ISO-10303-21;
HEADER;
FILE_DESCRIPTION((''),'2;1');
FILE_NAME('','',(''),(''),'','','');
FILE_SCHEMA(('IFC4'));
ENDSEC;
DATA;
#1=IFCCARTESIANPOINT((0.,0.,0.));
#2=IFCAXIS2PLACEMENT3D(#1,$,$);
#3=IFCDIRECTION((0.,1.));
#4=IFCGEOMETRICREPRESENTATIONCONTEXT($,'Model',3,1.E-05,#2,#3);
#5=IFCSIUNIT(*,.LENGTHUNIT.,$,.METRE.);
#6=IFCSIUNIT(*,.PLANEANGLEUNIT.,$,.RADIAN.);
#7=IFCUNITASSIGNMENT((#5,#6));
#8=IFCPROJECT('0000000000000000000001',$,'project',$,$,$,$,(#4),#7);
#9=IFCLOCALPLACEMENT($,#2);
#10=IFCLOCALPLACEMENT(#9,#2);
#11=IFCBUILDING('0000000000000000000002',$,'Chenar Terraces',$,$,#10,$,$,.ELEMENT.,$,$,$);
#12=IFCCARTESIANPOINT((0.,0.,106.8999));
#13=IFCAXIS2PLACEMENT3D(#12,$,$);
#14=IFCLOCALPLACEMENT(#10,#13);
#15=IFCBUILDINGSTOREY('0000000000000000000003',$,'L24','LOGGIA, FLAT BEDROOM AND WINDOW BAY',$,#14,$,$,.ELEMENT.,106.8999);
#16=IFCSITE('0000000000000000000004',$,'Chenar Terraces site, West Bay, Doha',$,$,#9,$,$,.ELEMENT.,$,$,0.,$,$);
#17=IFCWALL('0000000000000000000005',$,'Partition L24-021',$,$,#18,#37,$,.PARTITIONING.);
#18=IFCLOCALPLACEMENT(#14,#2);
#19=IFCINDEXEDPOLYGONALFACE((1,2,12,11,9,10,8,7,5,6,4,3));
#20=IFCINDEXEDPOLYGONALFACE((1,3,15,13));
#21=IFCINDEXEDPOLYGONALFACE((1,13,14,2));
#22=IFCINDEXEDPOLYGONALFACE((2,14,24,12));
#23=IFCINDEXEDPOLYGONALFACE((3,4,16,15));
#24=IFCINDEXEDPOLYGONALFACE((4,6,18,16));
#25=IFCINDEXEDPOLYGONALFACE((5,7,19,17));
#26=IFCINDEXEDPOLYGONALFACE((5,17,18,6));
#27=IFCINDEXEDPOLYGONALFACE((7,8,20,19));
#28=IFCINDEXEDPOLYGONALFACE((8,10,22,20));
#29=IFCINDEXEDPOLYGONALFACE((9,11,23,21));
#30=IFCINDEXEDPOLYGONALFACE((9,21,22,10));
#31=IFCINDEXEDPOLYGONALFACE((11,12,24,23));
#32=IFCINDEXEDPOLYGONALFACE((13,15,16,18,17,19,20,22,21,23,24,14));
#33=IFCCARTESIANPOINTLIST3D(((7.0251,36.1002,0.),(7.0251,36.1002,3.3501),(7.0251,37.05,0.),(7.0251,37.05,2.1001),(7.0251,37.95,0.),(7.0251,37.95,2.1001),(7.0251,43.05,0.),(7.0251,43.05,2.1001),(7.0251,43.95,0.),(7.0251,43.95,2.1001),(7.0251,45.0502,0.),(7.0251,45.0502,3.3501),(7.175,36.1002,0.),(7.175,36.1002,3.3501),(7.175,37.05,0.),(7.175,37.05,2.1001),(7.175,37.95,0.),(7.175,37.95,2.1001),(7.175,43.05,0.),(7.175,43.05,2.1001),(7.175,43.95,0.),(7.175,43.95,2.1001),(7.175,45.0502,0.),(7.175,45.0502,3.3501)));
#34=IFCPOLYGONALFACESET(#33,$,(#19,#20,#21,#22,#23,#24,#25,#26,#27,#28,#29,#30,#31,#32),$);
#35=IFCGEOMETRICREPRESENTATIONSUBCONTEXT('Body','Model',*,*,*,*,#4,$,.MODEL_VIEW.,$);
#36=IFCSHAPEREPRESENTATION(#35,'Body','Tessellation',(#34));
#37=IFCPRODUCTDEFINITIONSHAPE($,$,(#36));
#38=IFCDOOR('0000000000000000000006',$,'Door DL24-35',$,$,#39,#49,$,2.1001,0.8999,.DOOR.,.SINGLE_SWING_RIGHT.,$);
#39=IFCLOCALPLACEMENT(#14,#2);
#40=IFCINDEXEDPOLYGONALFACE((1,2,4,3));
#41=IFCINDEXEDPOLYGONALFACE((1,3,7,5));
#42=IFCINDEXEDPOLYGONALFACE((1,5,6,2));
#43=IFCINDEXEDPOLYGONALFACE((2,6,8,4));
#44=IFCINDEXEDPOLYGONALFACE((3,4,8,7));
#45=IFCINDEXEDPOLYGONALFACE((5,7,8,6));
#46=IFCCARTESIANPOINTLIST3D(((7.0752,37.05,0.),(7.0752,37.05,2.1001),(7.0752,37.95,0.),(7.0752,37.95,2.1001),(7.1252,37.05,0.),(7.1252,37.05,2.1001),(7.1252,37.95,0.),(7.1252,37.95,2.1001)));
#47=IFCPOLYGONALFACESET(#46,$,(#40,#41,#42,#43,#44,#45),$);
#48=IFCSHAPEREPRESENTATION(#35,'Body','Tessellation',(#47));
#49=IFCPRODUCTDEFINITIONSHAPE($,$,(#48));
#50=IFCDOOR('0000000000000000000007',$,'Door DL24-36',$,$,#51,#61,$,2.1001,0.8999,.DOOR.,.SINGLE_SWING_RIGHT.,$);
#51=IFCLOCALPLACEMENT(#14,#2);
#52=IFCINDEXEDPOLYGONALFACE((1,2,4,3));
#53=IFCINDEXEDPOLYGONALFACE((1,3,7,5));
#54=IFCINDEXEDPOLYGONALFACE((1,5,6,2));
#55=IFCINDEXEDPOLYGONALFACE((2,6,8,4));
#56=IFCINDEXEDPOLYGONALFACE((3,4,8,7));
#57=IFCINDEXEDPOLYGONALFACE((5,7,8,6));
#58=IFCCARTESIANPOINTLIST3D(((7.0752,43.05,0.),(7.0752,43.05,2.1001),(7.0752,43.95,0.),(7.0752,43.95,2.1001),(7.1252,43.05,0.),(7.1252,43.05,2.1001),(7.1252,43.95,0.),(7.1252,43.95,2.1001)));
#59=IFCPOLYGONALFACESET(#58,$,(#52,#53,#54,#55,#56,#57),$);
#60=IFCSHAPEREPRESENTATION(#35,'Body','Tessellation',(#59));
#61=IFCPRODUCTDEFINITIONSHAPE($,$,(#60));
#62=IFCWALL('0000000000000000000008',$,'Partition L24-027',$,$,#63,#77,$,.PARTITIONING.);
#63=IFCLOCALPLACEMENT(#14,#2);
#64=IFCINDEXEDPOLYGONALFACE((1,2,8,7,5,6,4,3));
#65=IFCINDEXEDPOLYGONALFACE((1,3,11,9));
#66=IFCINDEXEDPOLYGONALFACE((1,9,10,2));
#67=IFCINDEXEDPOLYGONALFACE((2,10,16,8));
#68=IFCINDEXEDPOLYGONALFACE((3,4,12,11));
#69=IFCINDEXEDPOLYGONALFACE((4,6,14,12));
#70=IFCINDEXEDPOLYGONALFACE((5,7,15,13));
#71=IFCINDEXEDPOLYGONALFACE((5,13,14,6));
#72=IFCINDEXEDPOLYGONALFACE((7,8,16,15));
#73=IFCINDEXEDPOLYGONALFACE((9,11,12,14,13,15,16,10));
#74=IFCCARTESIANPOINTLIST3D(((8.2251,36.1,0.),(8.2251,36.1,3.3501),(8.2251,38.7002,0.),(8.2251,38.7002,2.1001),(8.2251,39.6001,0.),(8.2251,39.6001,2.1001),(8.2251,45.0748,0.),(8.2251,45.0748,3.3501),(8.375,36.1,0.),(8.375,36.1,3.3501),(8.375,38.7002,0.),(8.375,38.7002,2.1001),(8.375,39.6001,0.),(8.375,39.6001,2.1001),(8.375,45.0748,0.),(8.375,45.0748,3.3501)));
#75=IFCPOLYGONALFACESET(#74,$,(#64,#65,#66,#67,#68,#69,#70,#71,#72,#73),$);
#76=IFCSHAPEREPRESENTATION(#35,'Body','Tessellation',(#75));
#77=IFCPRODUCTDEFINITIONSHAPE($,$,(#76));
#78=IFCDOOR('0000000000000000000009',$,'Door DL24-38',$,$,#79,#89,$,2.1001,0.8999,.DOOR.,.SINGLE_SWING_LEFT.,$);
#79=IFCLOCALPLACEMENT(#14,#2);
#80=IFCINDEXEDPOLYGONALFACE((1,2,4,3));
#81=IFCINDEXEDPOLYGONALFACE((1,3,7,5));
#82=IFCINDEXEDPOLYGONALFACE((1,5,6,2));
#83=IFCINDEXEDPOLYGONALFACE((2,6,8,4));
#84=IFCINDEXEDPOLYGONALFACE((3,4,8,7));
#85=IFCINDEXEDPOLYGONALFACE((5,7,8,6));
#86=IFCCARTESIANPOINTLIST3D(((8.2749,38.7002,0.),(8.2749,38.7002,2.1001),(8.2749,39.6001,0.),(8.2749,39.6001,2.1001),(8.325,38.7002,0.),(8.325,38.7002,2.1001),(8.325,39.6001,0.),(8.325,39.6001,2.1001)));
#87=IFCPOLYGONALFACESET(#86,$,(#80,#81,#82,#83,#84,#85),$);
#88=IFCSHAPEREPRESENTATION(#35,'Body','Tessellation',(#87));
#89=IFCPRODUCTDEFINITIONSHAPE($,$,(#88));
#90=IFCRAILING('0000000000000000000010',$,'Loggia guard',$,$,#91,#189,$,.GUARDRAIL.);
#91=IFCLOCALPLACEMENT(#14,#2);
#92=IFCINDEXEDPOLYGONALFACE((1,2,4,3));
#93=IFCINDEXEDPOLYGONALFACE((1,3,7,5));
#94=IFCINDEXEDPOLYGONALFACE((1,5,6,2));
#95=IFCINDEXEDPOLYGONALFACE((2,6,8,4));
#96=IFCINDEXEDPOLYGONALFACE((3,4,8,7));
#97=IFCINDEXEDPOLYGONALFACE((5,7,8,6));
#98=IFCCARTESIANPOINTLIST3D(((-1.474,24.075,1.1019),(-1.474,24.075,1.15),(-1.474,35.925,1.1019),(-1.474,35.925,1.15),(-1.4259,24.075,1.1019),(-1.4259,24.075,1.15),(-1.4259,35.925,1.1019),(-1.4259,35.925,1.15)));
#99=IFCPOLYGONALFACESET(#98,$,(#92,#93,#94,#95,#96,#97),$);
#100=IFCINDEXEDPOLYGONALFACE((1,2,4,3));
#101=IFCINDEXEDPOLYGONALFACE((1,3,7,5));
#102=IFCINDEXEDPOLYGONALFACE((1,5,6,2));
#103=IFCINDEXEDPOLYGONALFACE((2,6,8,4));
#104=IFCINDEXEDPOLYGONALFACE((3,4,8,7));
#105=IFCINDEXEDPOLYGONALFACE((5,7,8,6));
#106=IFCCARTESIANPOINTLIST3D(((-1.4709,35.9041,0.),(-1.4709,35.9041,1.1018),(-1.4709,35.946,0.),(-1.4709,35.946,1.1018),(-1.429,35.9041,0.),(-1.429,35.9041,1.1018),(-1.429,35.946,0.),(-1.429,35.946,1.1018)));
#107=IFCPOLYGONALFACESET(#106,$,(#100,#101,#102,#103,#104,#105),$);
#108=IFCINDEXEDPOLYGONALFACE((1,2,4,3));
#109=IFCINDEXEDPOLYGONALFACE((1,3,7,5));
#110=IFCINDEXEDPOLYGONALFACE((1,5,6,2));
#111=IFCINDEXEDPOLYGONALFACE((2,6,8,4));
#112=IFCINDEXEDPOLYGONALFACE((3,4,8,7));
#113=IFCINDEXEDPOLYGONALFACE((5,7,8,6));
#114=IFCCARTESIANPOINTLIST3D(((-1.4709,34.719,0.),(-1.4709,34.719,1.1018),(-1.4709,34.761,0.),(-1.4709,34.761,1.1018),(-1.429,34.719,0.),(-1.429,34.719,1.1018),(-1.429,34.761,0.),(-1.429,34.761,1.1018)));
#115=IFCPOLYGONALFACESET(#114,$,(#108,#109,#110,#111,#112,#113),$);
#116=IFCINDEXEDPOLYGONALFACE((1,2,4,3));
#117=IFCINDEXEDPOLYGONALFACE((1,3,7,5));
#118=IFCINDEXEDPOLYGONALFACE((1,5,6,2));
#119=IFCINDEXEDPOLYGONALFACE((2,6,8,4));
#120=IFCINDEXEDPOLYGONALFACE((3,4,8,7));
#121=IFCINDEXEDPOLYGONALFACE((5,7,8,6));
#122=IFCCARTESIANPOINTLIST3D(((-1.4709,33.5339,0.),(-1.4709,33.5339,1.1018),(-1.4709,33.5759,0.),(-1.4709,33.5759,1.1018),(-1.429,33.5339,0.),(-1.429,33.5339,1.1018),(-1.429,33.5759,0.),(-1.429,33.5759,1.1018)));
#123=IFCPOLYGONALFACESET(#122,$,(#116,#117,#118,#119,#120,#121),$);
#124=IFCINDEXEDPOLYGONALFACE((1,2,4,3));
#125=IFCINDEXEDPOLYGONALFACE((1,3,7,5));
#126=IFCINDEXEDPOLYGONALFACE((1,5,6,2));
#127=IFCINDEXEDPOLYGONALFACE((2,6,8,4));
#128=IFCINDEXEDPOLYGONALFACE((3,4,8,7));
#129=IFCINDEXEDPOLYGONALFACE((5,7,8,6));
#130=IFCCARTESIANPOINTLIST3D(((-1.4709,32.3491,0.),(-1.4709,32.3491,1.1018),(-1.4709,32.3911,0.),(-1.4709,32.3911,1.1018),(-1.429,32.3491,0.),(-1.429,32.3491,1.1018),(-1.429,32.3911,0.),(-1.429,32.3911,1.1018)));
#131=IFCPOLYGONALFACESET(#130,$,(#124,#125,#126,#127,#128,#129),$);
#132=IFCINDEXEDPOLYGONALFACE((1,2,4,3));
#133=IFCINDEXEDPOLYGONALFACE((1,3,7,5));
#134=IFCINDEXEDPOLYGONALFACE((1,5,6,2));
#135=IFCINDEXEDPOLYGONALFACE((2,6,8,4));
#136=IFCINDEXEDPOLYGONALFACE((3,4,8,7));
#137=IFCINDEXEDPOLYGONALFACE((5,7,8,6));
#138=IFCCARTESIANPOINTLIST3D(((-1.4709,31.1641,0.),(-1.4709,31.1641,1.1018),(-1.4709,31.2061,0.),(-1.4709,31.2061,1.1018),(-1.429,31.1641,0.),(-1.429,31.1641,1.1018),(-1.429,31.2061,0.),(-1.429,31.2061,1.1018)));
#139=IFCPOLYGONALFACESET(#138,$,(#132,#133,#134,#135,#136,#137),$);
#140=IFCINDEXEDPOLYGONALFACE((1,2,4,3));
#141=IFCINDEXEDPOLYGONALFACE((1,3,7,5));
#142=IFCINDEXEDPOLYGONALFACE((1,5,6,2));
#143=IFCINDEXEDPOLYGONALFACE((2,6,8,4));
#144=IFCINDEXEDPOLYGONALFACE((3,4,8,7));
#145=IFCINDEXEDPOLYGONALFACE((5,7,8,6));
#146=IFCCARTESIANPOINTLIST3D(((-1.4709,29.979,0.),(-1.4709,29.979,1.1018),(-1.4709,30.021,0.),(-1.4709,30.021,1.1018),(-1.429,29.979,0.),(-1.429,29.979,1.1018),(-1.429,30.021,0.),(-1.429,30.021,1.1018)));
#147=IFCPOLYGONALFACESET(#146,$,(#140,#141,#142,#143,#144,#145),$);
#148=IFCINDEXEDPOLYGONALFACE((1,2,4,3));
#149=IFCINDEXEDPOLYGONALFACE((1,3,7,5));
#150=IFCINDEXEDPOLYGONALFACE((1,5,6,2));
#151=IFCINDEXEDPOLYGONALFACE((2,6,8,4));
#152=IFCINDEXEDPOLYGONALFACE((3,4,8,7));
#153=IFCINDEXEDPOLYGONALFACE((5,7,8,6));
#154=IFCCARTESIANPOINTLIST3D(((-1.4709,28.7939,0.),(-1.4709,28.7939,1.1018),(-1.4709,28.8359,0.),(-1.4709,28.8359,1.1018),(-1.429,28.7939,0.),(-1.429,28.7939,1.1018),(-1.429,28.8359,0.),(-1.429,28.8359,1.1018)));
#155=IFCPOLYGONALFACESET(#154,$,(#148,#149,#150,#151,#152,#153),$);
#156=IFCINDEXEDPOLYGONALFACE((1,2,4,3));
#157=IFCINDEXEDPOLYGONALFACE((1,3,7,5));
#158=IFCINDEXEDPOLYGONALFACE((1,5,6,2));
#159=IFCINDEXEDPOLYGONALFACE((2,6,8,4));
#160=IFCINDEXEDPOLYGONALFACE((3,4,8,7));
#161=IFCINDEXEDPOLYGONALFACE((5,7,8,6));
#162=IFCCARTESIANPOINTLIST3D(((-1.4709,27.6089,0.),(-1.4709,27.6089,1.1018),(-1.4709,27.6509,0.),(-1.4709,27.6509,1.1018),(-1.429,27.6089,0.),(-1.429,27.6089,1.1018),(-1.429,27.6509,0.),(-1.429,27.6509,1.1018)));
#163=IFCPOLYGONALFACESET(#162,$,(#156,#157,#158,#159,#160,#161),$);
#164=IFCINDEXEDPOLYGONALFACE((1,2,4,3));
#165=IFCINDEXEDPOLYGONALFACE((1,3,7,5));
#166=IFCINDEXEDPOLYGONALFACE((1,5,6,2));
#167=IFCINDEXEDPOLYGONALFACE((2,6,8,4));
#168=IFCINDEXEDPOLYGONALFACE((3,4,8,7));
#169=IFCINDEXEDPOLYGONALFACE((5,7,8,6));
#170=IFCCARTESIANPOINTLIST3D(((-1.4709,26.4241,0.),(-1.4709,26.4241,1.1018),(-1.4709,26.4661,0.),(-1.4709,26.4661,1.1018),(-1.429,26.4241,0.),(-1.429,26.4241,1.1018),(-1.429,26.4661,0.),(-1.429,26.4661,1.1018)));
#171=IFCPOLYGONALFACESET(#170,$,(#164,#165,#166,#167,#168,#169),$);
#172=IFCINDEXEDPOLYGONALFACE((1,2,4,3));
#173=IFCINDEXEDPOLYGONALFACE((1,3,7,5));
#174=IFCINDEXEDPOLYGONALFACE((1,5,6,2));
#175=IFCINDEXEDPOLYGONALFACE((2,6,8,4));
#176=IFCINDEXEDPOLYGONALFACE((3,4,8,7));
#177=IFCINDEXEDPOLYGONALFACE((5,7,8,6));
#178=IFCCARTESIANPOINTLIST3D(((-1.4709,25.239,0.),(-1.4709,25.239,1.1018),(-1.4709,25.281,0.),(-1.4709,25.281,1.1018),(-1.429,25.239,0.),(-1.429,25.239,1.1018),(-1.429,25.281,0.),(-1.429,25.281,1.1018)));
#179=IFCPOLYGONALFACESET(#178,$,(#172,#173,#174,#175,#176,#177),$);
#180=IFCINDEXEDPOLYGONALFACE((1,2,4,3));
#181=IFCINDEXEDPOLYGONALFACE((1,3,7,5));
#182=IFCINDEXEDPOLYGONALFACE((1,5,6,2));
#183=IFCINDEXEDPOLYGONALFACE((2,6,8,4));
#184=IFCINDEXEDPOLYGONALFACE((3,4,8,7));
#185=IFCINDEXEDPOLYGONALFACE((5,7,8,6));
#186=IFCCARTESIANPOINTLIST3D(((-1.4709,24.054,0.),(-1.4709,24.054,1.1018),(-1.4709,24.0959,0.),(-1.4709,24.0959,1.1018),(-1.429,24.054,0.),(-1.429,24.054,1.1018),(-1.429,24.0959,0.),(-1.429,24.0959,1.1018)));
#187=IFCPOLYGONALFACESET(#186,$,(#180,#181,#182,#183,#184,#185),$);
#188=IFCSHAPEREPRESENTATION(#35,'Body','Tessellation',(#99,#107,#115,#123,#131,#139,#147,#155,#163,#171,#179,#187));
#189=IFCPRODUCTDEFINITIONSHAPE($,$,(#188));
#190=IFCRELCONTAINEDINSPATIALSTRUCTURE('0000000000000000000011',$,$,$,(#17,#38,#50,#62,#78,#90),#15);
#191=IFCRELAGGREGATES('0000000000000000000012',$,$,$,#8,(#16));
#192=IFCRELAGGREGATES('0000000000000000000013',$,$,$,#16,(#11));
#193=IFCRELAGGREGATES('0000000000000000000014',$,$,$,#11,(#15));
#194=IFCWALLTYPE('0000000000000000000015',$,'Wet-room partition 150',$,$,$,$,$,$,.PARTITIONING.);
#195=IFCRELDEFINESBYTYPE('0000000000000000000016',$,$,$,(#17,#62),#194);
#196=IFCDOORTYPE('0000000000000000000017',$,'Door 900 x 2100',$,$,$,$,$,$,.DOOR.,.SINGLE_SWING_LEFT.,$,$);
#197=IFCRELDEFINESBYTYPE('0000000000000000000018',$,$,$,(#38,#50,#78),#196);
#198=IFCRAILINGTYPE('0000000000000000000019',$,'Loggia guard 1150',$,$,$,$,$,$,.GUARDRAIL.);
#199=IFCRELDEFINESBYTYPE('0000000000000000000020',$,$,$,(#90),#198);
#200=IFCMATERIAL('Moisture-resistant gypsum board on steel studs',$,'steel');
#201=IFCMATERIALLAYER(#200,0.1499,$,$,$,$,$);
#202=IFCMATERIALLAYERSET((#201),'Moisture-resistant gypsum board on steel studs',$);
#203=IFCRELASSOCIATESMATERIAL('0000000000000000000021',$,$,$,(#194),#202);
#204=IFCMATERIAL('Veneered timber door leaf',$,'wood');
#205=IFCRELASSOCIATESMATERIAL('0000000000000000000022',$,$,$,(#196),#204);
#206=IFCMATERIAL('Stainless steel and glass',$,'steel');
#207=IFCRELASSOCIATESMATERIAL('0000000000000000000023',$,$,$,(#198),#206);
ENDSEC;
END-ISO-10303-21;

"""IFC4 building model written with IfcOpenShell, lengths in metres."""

from ifc_helpers import new_model, si_unit, direction, frame, frame_2d, origin, origin_2d, place, context, subcontext, project, spatial, rectangle, extrude, material, layer, layer_set, type_object, element, fill, save


model = new_model("IFC4")

# Units and contexts
model_context = context("Model", 3, precision=1e-05, world=origin(), true_north=direction((0.0, 1.0)))
body_context = subcontext(model_context, "Body", "Model", "MODEL_VIEW")
ifc_project = project(units=[si_unit("LENGTHUNIT", "METRE"), si_unit("PLANEANGLEUNIT", "RADIAN")], contexts=[model_context])

# Site, building, storey
site_placement = place(None, origin())
site = spatial("IfcSite", under=ifc_project, at=site_placement, Name="Chenar Terraces site, West Bay, Doha", CompositionType="ELEMENT", RefElevation=0.0)
building_placement = place(site_placement, origin())
building = spatial("IfcBuilding", under=site, at=building_placement, Name="Chenar Terraces", CompositionType="ELEMENT")
storey_placement = place(building_placement, frame((0.0, 0.0, 106.8999)))
storey = spatial("IfcBuildingStorey", under=building, at=storey_placement, Name="L24", Description="LOGGIA, FLAT BEDROOM AND WINDOW BAY", CompositionType="ELEMENT", Elevation=106.8999)

# Shared definitions
ifc_material_1 = material(Name="Moisture-resistant gypsum board on steel studs", Category="steel")
ifc_layer_1 = layer(ifc_material_1, 0.1499)
ifc_layer_set_1 = layer_set([ifc_layer_1], Name="Moisture-resistant gypsum board on steel studs")
wall_type_1 = type_object("IfcWallType", Name="Wet-room partition 150", PredefinedType="PARTITIONING", material=ifc_layer_set_1)

# Shared definitions
ifc_material_2 = material(Name="Veneered timber door leaf", Category="wood")
door_type_1 = type_object("IfcDoorType", Name="Door 900 x 2100", OperationType="SINGLE_SWING_LEFT", PredefinedType="DOOR", material=ifc_material_2)

# Wall, openings, doors
wall_1_placement = place(storey_placement, frame((7.1001, 36.1001, 0.0), z_axis=(0.0, 0.0, 1.0), x_axis=(0.0, 1.0, 0.0)))
wall_1 = element("IfcWall", 1, at=wall_1_placement, inside=storey, type_object=wall_type_1, Name="Partition L24-021", PredefinedType="PARTITIONING", context=body_context, shape_type="SweptSolid", body=[
    extrude(rectangle(XDim=8.95, YDim=0.1499, at=frame_2d((4.4751, 0.0))), origin(), (0.0, 0.0, 1.0), 3.3501),
])
opening_1_placement = place(wall_1_placement, frame((0.95, 0.0, 0.0)))
opening_1 = element("IfcOpeningElement", 2, at=opening_1_placement, cuts=wall_1, PredefinedType="OPENING", context=body_context, shape_type="SweptSolid", body=[
    extrude(rectangle(XDim=0.8999, YDim=2.1001, at=frame_2d((0.45, 1.05))), frame((0.0, 0.085, 0.0), z_axis=(0.0, -1.0, 0.0), x_axis=(1.0, 0.0, 0.0)), (0.0, 0.0, 1.0), 0.1699),
])
opening_2_placement = place(wall_1_placement, frame((6.95, 0.0, 0.0)))
opening_2 = element("IfcOpeningElement", 3, at=opening_2_placement, cuts=wall_1, PredefinedType="OPENING", context=body_context, shape_type="SweptSolid", body=[
    extrude(rectangle(XDim=0.8999, YDim=2.1001, at=frame_2d((0.45, 1.05))), frame((0.0, 0.085, 0.0), z_axis=(0.0, -1.0, 0.0), x_axis=(1.0, 0.0, 0.0)), (0.0, 0.0, 1.0), 0.1699),
])
door_1_placement = place(opening_1_placement, origin())
door_1 = element("IfcDoor", 4, at=door_1_placement, inside=storey, type_object=door_type_1, Name="Door DL24-35", OperationType="SINGLE_SWING_RIGHT", OverallHeight=2.1001, OverallWidth=0.8999, PredefinedType="DOOR", context=body_context, shape_type="SweptSolid", body=[
    extrude(rectangle(XDim=0.8999, YDim=2.1001, at=frame_2d((0.45, 1.05))), frame((0.0, 0.0249, 0.0), z_axis=(0.0, -1.0, 0.0), x_axis=(1.0, 0.0, 0.0)), (0.0, 0.0, 1.0), 0.05),
])
fill(opening_1, door_1)
door_2_placement = place(opening_2_placement, origin())
door_2 = element("IfcDoor", 5, at=door_2_placement, inside=storey, type_object=door_type_1, Name="Door DL24-36", OperationType="SINGLE_SWING_RIGHT", OverallHeight=2.1001, OverallWidth=0.8999, PredefinedType="DOOR", context=body_context, shape_type="SweptSolid", body=[
    extrude(rectangle(XDim=0.8999, YDim=2.1001, at=frame_2d((0.45, 1.05))), frame((0.0, 0.0249, 0.0), z_axis=(0.0, -1.0, 0.0), x_axis=(1.0, 0.0, 0.0)), (0.0, 0.0, 1.0), 0.05),
])
fill(opening_2, door_2)

# Wall, opening, door
wall_2_placement = place(storey_placement, frame((8.3, 36.1001, 0.0), z_axis=(0.0, 0.0, 1.0), x_axis=(0.0, 1.0, 0.0)))
wall_2 = element("IfcWall", 6, at=wall_2_placement, inside=storey, type_object=wall_type_1, Name="Partition L24-027", PredefinedType="PARTITIONING", context=body_context, shape_type="SweptSolid", body=[
    extrude(rectangle(XDim=8.9749, YDim=0.1499, at=frame_2d((4.4873, 0.0))), origin(), (0.0, 0.0, 1.0), 3.3501),
])
opening_3_placement = place(wall_2_placement, frame((2.6001, 0.0, 0.0)))
opening_3 = element("IfcOpeningElement", 7, at=opening_3_placement, cuts=wall_2, PredefinedType="OPENING", context=body_context, shape_type="SweptSolid", body=[
    extrude(rectangle(XDim=0.8999, YDim=2.1001, at=frame_2d((0.45, 1.05))), frame((0.0, 0.085, 0.0), z_axis=(0.0, -1.0, 0.0), x_axis=(1.0, 0.0, 0.0)), (0.0, 0.0, 1.0), 0.1699),
])
door_3_placement = place(opening_3_placement, frame((0.8999, 0.0, 0.0), z_axis=(0.0, 0.0, 1.0), x_axis=(-1.0, 0.0, 0.0)))
door_3 = element("IfcDoor", 8, at=door_3_placement, inside=storey, type_object=door_type_1, Name="Door DL24-38", OperationType="SINGLE_SWING_LEFT", OverallHeight=2.1001, OverallWidth=0.8999, PredefinedType="DOOR", context=body_context, shape_type="SweptSolid", body=[
    extrude(rectangle(XDim=0.8999, YDim=2.1001, at=frame_2d((0.45, 1.05))), frame((0.0, 0.0249, 0.0), z_axis=(0.0, -1.0, 0.0), x_axis=(1.0, 0.0, 0.0)), (0.0, 0.0, 1.0), 0.05),
])
fill(opening_3, door_3)

# Railing
ifc_material_3 = material(Name="Stainless steel and glass", Category="steel")
railing_type = type_object("IfcRailingType", Name="Loggia guard 1150", PredefinedType="GUARDRAIL", material=ifc_material_3)
railing_placement = place(storey_placement, frame((-1.45, 35.925, 0.0)))
element("IfcRailing", 9, at=railing_placement, inside=storey, type_object=railing_type, Name="Loggia guard", PredefinedType="GUARDRAIL", context=body_context, shape_type="SweptSolid", body=[
    extrude(rectangle(XDim=0.0481, YDim=0.0481, at=origin_2d()), frame((0.0, 0.0, 1.126), z_axis=(0.0, -1.0, 0.0), x_axis=(1.0, 0.0, 0.0)), (0.0, 0.0, 1.0), 11.8501),
    extrude(rectangle(XDim=0.042, YDim=0.042, at=origin_2d()), origin(), (0.0, 0.0, 1.0), 1.1018),
    extrude(rectangle(XDim=0.042, YDim=0.042, at=origin_2d()), frame((0.0, -1.1851, 0.0)), (0.0, 0.0, 1.0), 1.1018),
    extrude(rectangle(XDim=0.042, YDim=0.042, at=origin_2d()), frame((0.0, -2.3701, 0.0)), (0.0, 0.0, 1.0), 1.1018),
    extrude(rectangle(XDim=0.042, YDim=0.042, at=origin_2d()), frame((0.0, -3.5549, 0.0)), (0.0, 0.0, 1.0), 1.1018),
    extrude(rectangle(XDim=0.042, YDim=0.042, at=origin_2d()), frame((0.0, -4.74, 0.0)), (0.0, 0.0, 1.0), 1.1018),
    extrude(rectangle(XDim=0.042, YDim=0.042, at=origin_2d()), frame((0.0, -5.925, 0.0)), (0.0, 0.0, 1.0), 1.1018),
    extrude(rectangle(XDim=0.042, YDim=0.042, at=origin_2d()), frame((0.0, -7.1101, 0.0)), (0.0, 0.0, 1.0), 1.1018),
    extrude(rectangle(XDim=0.042, YDim=0.042, at=origin_2d()), frame((0.0, -8.2952, 0.0)), (0.0, 0.0, 1.0), 1.1018),
    extrude(rectangle(XDim=0.042, YDim=0.042, at=origin_2d()), frame((0.0, -9.48, 0.0)), (0.0, 0.0, 1.0), 1.1018),
    extrude(rectangle(XDim=0.042, YDim=0.042, at=origin_2d()), frame((0.0, -10.665, 0.0)), (0.0, 0.0, 1.0), 1.1018),
    extrude(rectangle(XDim=0.042, YDim=0.042, at=origin_2d()), frame((0.0, -11.8501, 0.0)), (0.0, 0.0, 1.0), 1.1018),
])

save(model, "model.ifc")
